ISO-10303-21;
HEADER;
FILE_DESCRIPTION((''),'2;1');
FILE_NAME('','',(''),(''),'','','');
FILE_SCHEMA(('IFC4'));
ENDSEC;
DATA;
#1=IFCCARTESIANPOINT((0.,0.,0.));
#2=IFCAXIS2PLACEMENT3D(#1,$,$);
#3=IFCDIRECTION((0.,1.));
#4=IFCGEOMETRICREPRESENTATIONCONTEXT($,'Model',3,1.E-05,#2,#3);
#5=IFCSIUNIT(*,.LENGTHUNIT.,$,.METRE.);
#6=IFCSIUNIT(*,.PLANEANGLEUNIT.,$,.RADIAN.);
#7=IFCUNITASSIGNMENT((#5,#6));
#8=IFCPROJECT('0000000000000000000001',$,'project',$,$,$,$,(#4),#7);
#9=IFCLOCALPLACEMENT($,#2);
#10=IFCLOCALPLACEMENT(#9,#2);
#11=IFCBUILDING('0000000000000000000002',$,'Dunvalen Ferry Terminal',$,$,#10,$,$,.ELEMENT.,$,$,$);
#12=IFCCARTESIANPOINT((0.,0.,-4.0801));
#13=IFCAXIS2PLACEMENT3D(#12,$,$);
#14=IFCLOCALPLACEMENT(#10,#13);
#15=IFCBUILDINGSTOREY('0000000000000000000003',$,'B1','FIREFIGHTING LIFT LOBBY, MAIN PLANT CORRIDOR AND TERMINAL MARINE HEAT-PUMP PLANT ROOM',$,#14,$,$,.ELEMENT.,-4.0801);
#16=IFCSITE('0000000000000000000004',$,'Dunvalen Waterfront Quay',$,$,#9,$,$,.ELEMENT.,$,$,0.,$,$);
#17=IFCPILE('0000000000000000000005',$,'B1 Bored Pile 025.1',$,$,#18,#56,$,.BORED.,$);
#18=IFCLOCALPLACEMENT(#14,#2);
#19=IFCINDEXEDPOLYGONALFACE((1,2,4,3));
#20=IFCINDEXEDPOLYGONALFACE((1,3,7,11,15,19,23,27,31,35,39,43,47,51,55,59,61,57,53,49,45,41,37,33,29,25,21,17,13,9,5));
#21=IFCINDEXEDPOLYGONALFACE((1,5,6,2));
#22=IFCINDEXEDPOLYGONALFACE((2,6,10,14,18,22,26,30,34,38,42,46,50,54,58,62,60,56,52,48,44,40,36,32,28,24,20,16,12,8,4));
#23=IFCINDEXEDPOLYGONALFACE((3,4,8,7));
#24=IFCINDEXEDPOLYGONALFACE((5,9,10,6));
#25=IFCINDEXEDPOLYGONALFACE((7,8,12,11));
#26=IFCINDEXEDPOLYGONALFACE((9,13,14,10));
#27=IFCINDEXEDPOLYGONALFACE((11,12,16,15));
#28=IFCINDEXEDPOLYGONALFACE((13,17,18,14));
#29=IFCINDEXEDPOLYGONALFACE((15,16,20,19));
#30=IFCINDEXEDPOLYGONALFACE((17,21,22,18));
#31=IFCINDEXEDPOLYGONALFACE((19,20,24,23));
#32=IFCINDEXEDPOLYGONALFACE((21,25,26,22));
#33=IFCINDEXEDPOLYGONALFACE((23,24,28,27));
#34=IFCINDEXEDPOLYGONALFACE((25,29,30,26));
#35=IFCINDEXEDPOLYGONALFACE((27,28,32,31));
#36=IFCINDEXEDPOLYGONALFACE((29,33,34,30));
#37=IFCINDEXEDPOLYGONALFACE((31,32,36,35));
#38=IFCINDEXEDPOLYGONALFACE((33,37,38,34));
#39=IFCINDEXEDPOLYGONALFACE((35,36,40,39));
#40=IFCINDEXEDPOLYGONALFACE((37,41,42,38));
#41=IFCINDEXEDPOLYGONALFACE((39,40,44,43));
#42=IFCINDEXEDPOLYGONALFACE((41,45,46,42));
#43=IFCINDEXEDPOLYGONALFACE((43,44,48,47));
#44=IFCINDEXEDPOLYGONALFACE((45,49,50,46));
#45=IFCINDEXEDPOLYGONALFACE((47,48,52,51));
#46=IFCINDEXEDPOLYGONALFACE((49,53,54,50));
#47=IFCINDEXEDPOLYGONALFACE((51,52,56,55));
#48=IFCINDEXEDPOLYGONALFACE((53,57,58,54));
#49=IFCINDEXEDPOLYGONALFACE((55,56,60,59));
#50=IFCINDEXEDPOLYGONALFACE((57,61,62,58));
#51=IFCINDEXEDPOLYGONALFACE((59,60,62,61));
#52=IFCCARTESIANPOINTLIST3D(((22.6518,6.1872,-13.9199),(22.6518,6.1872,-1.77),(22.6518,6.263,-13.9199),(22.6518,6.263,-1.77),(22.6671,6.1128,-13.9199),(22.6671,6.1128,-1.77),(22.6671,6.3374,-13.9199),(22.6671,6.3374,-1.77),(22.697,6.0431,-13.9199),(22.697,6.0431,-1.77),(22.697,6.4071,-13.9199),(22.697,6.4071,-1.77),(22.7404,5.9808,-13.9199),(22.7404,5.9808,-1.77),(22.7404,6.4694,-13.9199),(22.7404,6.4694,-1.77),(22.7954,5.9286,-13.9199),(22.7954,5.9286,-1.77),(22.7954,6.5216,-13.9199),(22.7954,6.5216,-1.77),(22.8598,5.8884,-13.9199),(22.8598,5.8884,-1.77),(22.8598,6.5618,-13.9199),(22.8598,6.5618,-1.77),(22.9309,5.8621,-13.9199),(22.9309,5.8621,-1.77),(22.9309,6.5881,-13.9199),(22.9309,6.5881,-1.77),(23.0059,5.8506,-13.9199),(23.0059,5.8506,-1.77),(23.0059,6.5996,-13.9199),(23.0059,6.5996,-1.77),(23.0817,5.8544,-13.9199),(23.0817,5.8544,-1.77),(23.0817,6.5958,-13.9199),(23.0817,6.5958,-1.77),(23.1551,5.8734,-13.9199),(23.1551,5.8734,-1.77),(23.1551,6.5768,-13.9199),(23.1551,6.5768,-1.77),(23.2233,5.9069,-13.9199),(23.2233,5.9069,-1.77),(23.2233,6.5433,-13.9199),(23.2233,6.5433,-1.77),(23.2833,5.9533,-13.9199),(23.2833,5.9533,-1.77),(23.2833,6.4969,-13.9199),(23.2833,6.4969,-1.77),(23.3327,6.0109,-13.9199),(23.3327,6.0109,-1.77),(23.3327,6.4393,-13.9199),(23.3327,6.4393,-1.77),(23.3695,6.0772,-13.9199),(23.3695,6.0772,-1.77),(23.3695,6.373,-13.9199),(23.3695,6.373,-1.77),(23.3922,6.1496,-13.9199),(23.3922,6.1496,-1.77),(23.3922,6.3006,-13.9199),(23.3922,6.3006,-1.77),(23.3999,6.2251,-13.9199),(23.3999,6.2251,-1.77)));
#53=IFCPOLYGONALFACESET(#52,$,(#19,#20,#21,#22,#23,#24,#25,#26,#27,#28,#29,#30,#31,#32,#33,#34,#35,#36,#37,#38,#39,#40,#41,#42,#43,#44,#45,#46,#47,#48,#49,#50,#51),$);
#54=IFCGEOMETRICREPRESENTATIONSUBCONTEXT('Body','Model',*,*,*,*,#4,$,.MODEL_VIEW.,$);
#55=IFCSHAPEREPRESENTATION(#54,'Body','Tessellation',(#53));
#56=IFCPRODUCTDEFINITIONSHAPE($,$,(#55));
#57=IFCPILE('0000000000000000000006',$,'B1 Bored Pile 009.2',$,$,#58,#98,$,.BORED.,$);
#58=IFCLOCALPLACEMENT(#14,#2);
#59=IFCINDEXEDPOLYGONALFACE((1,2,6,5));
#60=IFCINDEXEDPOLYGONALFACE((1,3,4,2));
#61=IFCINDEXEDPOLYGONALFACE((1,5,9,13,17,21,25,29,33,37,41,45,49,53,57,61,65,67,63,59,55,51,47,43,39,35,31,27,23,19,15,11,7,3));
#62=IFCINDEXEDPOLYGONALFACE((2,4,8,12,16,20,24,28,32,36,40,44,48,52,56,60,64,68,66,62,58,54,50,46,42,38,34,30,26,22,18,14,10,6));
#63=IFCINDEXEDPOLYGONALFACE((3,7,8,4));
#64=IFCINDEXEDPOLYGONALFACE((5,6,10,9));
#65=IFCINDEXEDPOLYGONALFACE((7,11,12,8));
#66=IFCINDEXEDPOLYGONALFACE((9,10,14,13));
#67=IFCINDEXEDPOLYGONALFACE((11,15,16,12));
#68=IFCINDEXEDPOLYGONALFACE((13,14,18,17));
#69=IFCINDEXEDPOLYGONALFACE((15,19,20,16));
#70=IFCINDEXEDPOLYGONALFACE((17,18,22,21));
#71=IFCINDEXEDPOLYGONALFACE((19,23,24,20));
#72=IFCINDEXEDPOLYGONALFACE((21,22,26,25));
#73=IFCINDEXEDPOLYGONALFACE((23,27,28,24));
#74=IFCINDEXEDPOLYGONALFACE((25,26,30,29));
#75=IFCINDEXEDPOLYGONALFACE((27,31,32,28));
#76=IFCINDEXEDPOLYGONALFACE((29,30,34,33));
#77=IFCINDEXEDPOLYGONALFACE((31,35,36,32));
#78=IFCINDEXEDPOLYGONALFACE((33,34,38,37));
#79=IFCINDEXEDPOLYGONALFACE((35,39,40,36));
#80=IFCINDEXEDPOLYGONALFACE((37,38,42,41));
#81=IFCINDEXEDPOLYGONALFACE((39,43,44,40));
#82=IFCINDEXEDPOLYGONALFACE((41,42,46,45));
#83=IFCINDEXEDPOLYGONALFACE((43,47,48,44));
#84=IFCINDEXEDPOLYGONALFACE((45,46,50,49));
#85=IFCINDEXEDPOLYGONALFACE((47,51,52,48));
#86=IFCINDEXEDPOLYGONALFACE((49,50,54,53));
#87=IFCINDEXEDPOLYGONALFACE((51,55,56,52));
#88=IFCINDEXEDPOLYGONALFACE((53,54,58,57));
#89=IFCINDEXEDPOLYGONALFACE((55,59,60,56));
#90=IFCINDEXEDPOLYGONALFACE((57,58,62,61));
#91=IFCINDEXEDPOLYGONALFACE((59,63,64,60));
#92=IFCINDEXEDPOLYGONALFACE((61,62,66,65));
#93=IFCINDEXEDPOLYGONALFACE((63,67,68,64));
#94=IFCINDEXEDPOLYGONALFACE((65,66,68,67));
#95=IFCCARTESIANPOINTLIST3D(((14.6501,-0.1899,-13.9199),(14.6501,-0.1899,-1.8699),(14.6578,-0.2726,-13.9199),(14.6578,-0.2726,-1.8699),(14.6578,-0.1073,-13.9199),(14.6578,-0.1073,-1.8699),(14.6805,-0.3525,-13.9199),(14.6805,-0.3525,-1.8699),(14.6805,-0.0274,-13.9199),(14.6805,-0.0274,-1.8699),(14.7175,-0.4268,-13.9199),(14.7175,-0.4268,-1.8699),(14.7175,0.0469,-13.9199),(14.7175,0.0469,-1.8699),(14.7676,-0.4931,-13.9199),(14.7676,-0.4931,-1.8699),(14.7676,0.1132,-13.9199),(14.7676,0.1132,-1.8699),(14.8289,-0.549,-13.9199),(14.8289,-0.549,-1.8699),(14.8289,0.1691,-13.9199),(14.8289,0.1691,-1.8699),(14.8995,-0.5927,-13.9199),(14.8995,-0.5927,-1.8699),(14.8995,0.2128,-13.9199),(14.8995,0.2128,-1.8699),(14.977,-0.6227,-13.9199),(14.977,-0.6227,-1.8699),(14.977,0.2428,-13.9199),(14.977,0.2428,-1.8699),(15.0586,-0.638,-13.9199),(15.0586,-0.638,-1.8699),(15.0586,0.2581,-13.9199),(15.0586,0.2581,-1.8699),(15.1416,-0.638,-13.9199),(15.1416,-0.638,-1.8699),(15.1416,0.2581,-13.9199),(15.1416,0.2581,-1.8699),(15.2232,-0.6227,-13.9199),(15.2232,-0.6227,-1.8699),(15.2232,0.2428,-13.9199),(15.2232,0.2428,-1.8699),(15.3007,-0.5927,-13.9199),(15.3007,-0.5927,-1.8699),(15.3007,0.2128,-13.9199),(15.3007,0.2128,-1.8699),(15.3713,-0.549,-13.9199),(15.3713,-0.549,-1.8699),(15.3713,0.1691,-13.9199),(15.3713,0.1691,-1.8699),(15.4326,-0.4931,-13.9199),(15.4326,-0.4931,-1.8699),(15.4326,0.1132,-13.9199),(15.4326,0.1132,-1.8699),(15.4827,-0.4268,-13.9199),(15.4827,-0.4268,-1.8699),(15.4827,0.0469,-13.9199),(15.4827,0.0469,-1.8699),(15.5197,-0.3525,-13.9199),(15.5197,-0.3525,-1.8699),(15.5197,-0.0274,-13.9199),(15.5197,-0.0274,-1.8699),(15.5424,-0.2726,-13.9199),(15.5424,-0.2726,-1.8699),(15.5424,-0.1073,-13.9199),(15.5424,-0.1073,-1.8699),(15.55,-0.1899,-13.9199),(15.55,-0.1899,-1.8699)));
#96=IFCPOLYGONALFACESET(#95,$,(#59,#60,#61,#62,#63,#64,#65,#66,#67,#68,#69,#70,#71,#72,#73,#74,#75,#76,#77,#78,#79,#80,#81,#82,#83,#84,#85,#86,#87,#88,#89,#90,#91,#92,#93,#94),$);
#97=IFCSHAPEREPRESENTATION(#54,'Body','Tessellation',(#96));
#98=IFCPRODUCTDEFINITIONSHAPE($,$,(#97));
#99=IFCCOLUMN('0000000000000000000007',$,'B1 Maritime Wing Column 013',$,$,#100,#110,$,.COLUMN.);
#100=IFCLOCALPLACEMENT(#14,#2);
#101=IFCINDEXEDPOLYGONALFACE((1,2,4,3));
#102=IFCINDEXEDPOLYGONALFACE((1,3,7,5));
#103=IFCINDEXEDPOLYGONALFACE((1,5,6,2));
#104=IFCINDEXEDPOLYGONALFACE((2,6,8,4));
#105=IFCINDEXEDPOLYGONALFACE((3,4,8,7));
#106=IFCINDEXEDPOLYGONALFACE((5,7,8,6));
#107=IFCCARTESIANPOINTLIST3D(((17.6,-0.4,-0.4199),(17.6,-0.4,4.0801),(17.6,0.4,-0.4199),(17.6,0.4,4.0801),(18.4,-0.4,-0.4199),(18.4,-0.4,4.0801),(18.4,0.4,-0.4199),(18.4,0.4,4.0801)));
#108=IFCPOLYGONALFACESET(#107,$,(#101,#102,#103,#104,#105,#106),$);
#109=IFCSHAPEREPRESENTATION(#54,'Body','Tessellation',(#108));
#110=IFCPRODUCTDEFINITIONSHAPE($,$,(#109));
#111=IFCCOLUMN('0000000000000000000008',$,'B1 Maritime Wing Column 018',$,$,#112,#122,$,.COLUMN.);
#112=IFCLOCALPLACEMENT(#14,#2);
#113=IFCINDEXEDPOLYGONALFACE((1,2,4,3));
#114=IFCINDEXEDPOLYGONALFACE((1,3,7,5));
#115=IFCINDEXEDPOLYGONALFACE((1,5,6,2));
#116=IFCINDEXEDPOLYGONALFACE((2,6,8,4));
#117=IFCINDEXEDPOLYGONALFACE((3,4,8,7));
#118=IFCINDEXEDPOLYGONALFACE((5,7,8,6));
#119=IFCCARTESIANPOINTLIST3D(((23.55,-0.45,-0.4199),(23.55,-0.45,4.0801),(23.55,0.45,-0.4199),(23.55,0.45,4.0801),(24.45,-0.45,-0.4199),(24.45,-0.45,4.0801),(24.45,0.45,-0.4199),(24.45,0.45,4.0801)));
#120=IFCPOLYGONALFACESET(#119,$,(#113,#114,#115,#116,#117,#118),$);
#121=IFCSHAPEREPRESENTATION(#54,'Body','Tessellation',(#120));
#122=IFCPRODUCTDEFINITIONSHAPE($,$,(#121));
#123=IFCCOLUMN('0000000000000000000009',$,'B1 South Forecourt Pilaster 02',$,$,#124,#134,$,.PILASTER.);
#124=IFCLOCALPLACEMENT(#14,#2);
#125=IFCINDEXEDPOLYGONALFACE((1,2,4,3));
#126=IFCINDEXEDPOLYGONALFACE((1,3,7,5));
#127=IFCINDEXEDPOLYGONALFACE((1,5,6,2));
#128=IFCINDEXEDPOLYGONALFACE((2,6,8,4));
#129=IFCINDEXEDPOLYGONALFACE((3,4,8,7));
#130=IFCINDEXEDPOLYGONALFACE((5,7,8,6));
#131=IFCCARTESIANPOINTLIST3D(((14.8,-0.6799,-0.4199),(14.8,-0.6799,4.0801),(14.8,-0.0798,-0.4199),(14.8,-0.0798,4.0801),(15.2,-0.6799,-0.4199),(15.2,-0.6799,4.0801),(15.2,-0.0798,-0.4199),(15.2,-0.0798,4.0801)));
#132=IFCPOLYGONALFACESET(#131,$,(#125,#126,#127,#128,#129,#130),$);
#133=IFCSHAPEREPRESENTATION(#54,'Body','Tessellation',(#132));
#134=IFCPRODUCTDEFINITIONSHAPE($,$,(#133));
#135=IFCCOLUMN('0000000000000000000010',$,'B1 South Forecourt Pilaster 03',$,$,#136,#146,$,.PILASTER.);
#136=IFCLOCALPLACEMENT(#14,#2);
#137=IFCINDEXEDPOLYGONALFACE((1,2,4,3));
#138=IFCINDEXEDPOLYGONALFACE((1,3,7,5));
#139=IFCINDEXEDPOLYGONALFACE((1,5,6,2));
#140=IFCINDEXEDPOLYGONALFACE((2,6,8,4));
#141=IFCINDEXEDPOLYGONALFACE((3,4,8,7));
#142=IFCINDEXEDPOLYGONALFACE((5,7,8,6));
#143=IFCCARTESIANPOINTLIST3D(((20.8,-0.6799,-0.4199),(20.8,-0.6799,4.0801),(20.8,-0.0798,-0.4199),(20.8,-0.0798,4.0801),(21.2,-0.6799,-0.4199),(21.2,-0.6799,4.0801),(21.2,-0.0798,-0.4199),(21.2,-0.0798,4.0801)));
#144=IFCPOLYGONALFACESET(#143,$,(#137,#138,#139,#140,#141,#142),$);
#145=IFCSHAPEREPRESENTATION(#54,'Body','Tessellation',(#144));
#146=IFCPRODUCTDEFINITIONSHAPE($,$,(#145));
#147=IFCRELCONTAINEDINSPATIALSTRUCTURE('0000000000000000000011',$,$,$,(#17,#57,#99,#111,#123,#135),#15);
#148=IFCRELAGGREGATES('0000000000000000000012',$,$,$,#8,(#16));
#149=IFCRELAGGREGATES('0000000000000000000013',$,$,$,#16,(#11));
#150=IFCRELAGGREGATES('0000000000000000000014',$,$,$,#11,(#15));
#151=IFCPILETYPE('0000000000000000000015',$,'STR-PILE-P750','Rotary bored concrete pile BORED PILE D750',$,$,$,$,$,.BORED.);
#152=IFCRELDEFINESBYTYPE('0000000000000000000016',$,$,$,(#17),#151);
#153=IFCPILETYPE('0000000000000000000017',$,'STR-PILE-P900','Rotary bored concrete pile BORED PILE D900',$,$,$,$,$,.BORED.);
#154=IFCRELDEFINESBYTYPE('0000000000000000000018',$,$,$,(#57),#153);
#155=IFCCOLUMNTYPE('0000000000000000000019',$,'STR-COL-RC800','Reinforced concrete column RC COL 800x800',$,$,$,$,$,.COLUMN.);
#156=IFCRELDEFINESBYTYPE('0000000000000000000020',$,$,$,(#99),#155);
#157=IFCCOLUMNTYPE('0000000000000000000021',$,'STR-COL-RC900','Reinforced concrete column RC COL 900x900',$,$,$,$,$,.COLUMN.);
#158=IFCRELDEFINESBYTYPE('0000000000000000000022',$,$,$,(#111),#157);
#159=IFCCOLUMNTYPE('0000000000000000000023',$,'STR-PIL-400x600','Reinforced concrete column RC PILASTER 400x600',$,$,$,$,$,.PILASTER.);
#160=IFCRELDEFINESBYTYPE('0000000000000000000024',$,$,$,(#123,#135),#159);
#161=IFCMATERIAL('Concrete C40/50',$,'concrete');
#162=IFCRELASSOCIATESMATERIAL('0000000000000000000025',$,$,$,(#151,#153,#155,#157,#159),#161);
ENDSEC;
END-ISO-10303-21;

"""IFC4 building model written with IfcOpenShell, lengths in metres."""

from ifc_helpers import new_model, si_unit, direction, frame, origin, origin_2d, place, context, subcontext, project, spatial, rectangle, circle, extrude, material, material_profile, profile_set, type_object, element, save


model = new_model("IFC4")

# Units and contexts
model_context = context("Model", 3, precision=1e-05, world=origin(), true_north=direction((0.0, 1.0)))
body_context = subcontext(model_context, "Body", "Model", "MODEL_VIEW")
ifc_project = project(units=[si_unit("LENGTHUNIT", "METRE"), si_unit("PLANEANGLEUNIT", "RADIAN")], contexts=[model_context])

# Site, building, storey
site_placement = place(None, origin())
site = spatial("IfcSite", under=ifc_project, at=site_placement, Name="Dunvalen Waterfront Quay", CompositionType="ELEMENT", RefElevation=0.0)
building_placement = place(site_placement, origin())
building = spatial("IfcBuilding", under=site, at=building_placement, Name="Dunvalen Ferry Terminal", CompositionType="ELEMENT")
storey_placement = place(building_placement, frame((0.0, 0.0, -4.0801)))
storey = spatial("IfcBuildingStorey", under=building, at=storey_placement, Name="B1", Description="FIREFIGHTING LIFT LOBBY, MAIN PLANT CORRIDOR AND TERMINAL MARINE HEAT-PUMP PLANT ROOM", CompositionType="ELEMENT", Elevation=-4.0801)

# Shared definitions
ifc_material = material(Name="Concrete C40/50", Category="concrete")

# Piles
ifc_material_profile_1 = material_profile(ifc_material, circle(Radius=0.375, at=origin_2d()), Name="Concrete C40/50")
ifc_profile_set_1 = profile_set([ifc_material_profile_1], Name="Concrete C40/50")
pile_type_1 = type_object("IfcPileType", Name="STR-PILE-P750", Description="Rotary bored concrete pile BORED PILE D750", PredefinedType="BORED", material=ifc_profile_set_1)
pile_1_placement = place(storey_placement, frame((23.0249, 6.2251, -1.77), z_axis=(0.0, 0.0, -1.0), x_axis=(1.0, 0.0, 0.0)))
element("IfcPile", 1, at=pile_1_placement, inside=storey, type_object=pile_type_1, Name="B1 Bored Pile 025.1", PredefinedType="BORED", context=body_context, shape_type="SweptSolid", body=[
    extrude(circle(Radius=0.375, at=origin_2d()), origin(), (0.0, 0.0, 1.0), 12.1499),
])
ifc_material_profile_2 = material_profile(ifc_material, circle(Radius=0.45, at=origin_2d()), Name="Concrete C40/50")
ifc_profile_set_2 = profile_set([ifc_material_profile_2], Name="Concrete C40/50")
pile_type_2 = type_object("IfcPileType", Name="STR-PILE-P900", Description="Rotary bored concrete pile BORED PILE D900", PredefinedType="BORED", material=ifc_profile_set_2)
pile_2_placement = place(storey_placement, frame((15.1001, -0.1899, -1.8699), z_axis=(0.0, 0.0, -1.0), x_axis=(1.0, 0.0, 0.0)))
element("IfcPile", 2, at=pile_2_placement, inside=storey, type_object=pile_type_2, Name="B1 Bored Pile 009.2", PredefinedType="BORED", context=body_context, shape_type="SweptSolid", body=[
    extrude(circle(Radius=0.45, at=origin_2d()), origin(), (0.0, 0.0, 1.0), 12.05),
])

# Columns
ifc_material_profile_3 = material_profile(ifc_material, rectangle(XDim=0.8, YDim=0.8, at=origin_2d()), Name="Concrete C40/50")
ifc_profile_set_3 = profile_set([ifc_material_profile_3], Name="Concrete C40/50")
column_type_1 = type_object("IfcColumnType", Name="STR-COL-RC800", Description="Reinforced concrete column RC COL 800x800", PredefinedType="COLUMN", material=ifc_profile_set_3)
column_1_placement = place(storey_placement, frame((18.0, 0.0, -0.4199), z_axis=(0.0, 0.0, 1.0), x_axis=(1.0, 0.0, 0.0)))
element("IfcColumn", 3, at=column_1_placement, inside=storey, type_object=column_type_1, Name="B1 Maritime Wing Column 013", PredefinedType="COLUMN", context=body_context, shape_type="SweptSolid", body=[
    extrude(rectangle(XDim=0.8, YDim=0.8, at=origin_2d()), origin(), (0.0, 0.0, 1.0), 4.5),
])
ifc_material_profile_4 = material_profile(ifc_material, rectangle(XDim=0.8999, YDim=0.8999, at=origin_2d()), Name="Concrete C40/50")
ifc_profile_set_4 = profile_set([ifc_material_profile_4], Name="Concrete C40/50")
column_type_2 = type_object("IfcColumnType", Name="STR-COL-RC900", Description="Reinforced concrete column RC COL 900x900", PredefinedType="COLUMN", material=ifc_profile_set_4)
column_2_placement = place(storey_placement, frame((24.0, 0.0, -0.4199), z_axis=(0.0, 0.0, 1.0), x_axis=(1.0, 0.0, 0.0)))
element("IfcColumn", 4, at=column_2_placement, inside=storey, type_object=column_type_2, Name="B1 Maritime Wing Column 018", PredefinedType="COLUMN", context=body_context, shape_type="SweptSolid", body=[
    extrude(rectangle(XDim=0.8999, YDim=0.8999, at=origin_2d()), origin(), (0.0, 0.0, 1.0), 4.5),
])
ifc_material_profile_5 = material_profile(ifc_material, rectangle(XDim=0.3999, YDim=0.6001, at=origin_2d()), Name="Concrete C40/50")
ifc_profile_set_5 = profile_set([ifc_material_profile_5], Name="Concrete C40/50")
column_type_3 = type_object("IfcColumnType", Name="STR-PIL-400x600", Description="Reinforced concrete column RC PILASTER 400x600", PredefinedType="PILASTER", material=ifc_profile_set_5)
for number, where, z_axis, x_axis, name in (
    (5, (15.0, -0.3799, -0.4199), (0.0, 0.0, 1.0), (1.0, 0.0, 0.0), "B1 South Forecourt Pilaster 02"),
    (6, (21.0, -0.3799, -0.4199), (0.0, 0.0, 1.0), (1.0, 0.0, 0.0), "B1 South Forecourt Pilaster 03"),
):
    element("IfcColumn", number, at=place(storey_placement, frame(where, z_axis=z_axis, x_axis=x_axis)), inside=storey, type_object=column_type_3, Name=name, PredefinedType="PILASTER", context=body_context, shape_type="SweptSolid", body=[
        extrude(rectangle(XDim=0.3999, YDim=0.6001, at=origin_2d()), origin(), (0.0, 0.0, 1.0), 4.5),
    ])

save(model, "model.ifc")
